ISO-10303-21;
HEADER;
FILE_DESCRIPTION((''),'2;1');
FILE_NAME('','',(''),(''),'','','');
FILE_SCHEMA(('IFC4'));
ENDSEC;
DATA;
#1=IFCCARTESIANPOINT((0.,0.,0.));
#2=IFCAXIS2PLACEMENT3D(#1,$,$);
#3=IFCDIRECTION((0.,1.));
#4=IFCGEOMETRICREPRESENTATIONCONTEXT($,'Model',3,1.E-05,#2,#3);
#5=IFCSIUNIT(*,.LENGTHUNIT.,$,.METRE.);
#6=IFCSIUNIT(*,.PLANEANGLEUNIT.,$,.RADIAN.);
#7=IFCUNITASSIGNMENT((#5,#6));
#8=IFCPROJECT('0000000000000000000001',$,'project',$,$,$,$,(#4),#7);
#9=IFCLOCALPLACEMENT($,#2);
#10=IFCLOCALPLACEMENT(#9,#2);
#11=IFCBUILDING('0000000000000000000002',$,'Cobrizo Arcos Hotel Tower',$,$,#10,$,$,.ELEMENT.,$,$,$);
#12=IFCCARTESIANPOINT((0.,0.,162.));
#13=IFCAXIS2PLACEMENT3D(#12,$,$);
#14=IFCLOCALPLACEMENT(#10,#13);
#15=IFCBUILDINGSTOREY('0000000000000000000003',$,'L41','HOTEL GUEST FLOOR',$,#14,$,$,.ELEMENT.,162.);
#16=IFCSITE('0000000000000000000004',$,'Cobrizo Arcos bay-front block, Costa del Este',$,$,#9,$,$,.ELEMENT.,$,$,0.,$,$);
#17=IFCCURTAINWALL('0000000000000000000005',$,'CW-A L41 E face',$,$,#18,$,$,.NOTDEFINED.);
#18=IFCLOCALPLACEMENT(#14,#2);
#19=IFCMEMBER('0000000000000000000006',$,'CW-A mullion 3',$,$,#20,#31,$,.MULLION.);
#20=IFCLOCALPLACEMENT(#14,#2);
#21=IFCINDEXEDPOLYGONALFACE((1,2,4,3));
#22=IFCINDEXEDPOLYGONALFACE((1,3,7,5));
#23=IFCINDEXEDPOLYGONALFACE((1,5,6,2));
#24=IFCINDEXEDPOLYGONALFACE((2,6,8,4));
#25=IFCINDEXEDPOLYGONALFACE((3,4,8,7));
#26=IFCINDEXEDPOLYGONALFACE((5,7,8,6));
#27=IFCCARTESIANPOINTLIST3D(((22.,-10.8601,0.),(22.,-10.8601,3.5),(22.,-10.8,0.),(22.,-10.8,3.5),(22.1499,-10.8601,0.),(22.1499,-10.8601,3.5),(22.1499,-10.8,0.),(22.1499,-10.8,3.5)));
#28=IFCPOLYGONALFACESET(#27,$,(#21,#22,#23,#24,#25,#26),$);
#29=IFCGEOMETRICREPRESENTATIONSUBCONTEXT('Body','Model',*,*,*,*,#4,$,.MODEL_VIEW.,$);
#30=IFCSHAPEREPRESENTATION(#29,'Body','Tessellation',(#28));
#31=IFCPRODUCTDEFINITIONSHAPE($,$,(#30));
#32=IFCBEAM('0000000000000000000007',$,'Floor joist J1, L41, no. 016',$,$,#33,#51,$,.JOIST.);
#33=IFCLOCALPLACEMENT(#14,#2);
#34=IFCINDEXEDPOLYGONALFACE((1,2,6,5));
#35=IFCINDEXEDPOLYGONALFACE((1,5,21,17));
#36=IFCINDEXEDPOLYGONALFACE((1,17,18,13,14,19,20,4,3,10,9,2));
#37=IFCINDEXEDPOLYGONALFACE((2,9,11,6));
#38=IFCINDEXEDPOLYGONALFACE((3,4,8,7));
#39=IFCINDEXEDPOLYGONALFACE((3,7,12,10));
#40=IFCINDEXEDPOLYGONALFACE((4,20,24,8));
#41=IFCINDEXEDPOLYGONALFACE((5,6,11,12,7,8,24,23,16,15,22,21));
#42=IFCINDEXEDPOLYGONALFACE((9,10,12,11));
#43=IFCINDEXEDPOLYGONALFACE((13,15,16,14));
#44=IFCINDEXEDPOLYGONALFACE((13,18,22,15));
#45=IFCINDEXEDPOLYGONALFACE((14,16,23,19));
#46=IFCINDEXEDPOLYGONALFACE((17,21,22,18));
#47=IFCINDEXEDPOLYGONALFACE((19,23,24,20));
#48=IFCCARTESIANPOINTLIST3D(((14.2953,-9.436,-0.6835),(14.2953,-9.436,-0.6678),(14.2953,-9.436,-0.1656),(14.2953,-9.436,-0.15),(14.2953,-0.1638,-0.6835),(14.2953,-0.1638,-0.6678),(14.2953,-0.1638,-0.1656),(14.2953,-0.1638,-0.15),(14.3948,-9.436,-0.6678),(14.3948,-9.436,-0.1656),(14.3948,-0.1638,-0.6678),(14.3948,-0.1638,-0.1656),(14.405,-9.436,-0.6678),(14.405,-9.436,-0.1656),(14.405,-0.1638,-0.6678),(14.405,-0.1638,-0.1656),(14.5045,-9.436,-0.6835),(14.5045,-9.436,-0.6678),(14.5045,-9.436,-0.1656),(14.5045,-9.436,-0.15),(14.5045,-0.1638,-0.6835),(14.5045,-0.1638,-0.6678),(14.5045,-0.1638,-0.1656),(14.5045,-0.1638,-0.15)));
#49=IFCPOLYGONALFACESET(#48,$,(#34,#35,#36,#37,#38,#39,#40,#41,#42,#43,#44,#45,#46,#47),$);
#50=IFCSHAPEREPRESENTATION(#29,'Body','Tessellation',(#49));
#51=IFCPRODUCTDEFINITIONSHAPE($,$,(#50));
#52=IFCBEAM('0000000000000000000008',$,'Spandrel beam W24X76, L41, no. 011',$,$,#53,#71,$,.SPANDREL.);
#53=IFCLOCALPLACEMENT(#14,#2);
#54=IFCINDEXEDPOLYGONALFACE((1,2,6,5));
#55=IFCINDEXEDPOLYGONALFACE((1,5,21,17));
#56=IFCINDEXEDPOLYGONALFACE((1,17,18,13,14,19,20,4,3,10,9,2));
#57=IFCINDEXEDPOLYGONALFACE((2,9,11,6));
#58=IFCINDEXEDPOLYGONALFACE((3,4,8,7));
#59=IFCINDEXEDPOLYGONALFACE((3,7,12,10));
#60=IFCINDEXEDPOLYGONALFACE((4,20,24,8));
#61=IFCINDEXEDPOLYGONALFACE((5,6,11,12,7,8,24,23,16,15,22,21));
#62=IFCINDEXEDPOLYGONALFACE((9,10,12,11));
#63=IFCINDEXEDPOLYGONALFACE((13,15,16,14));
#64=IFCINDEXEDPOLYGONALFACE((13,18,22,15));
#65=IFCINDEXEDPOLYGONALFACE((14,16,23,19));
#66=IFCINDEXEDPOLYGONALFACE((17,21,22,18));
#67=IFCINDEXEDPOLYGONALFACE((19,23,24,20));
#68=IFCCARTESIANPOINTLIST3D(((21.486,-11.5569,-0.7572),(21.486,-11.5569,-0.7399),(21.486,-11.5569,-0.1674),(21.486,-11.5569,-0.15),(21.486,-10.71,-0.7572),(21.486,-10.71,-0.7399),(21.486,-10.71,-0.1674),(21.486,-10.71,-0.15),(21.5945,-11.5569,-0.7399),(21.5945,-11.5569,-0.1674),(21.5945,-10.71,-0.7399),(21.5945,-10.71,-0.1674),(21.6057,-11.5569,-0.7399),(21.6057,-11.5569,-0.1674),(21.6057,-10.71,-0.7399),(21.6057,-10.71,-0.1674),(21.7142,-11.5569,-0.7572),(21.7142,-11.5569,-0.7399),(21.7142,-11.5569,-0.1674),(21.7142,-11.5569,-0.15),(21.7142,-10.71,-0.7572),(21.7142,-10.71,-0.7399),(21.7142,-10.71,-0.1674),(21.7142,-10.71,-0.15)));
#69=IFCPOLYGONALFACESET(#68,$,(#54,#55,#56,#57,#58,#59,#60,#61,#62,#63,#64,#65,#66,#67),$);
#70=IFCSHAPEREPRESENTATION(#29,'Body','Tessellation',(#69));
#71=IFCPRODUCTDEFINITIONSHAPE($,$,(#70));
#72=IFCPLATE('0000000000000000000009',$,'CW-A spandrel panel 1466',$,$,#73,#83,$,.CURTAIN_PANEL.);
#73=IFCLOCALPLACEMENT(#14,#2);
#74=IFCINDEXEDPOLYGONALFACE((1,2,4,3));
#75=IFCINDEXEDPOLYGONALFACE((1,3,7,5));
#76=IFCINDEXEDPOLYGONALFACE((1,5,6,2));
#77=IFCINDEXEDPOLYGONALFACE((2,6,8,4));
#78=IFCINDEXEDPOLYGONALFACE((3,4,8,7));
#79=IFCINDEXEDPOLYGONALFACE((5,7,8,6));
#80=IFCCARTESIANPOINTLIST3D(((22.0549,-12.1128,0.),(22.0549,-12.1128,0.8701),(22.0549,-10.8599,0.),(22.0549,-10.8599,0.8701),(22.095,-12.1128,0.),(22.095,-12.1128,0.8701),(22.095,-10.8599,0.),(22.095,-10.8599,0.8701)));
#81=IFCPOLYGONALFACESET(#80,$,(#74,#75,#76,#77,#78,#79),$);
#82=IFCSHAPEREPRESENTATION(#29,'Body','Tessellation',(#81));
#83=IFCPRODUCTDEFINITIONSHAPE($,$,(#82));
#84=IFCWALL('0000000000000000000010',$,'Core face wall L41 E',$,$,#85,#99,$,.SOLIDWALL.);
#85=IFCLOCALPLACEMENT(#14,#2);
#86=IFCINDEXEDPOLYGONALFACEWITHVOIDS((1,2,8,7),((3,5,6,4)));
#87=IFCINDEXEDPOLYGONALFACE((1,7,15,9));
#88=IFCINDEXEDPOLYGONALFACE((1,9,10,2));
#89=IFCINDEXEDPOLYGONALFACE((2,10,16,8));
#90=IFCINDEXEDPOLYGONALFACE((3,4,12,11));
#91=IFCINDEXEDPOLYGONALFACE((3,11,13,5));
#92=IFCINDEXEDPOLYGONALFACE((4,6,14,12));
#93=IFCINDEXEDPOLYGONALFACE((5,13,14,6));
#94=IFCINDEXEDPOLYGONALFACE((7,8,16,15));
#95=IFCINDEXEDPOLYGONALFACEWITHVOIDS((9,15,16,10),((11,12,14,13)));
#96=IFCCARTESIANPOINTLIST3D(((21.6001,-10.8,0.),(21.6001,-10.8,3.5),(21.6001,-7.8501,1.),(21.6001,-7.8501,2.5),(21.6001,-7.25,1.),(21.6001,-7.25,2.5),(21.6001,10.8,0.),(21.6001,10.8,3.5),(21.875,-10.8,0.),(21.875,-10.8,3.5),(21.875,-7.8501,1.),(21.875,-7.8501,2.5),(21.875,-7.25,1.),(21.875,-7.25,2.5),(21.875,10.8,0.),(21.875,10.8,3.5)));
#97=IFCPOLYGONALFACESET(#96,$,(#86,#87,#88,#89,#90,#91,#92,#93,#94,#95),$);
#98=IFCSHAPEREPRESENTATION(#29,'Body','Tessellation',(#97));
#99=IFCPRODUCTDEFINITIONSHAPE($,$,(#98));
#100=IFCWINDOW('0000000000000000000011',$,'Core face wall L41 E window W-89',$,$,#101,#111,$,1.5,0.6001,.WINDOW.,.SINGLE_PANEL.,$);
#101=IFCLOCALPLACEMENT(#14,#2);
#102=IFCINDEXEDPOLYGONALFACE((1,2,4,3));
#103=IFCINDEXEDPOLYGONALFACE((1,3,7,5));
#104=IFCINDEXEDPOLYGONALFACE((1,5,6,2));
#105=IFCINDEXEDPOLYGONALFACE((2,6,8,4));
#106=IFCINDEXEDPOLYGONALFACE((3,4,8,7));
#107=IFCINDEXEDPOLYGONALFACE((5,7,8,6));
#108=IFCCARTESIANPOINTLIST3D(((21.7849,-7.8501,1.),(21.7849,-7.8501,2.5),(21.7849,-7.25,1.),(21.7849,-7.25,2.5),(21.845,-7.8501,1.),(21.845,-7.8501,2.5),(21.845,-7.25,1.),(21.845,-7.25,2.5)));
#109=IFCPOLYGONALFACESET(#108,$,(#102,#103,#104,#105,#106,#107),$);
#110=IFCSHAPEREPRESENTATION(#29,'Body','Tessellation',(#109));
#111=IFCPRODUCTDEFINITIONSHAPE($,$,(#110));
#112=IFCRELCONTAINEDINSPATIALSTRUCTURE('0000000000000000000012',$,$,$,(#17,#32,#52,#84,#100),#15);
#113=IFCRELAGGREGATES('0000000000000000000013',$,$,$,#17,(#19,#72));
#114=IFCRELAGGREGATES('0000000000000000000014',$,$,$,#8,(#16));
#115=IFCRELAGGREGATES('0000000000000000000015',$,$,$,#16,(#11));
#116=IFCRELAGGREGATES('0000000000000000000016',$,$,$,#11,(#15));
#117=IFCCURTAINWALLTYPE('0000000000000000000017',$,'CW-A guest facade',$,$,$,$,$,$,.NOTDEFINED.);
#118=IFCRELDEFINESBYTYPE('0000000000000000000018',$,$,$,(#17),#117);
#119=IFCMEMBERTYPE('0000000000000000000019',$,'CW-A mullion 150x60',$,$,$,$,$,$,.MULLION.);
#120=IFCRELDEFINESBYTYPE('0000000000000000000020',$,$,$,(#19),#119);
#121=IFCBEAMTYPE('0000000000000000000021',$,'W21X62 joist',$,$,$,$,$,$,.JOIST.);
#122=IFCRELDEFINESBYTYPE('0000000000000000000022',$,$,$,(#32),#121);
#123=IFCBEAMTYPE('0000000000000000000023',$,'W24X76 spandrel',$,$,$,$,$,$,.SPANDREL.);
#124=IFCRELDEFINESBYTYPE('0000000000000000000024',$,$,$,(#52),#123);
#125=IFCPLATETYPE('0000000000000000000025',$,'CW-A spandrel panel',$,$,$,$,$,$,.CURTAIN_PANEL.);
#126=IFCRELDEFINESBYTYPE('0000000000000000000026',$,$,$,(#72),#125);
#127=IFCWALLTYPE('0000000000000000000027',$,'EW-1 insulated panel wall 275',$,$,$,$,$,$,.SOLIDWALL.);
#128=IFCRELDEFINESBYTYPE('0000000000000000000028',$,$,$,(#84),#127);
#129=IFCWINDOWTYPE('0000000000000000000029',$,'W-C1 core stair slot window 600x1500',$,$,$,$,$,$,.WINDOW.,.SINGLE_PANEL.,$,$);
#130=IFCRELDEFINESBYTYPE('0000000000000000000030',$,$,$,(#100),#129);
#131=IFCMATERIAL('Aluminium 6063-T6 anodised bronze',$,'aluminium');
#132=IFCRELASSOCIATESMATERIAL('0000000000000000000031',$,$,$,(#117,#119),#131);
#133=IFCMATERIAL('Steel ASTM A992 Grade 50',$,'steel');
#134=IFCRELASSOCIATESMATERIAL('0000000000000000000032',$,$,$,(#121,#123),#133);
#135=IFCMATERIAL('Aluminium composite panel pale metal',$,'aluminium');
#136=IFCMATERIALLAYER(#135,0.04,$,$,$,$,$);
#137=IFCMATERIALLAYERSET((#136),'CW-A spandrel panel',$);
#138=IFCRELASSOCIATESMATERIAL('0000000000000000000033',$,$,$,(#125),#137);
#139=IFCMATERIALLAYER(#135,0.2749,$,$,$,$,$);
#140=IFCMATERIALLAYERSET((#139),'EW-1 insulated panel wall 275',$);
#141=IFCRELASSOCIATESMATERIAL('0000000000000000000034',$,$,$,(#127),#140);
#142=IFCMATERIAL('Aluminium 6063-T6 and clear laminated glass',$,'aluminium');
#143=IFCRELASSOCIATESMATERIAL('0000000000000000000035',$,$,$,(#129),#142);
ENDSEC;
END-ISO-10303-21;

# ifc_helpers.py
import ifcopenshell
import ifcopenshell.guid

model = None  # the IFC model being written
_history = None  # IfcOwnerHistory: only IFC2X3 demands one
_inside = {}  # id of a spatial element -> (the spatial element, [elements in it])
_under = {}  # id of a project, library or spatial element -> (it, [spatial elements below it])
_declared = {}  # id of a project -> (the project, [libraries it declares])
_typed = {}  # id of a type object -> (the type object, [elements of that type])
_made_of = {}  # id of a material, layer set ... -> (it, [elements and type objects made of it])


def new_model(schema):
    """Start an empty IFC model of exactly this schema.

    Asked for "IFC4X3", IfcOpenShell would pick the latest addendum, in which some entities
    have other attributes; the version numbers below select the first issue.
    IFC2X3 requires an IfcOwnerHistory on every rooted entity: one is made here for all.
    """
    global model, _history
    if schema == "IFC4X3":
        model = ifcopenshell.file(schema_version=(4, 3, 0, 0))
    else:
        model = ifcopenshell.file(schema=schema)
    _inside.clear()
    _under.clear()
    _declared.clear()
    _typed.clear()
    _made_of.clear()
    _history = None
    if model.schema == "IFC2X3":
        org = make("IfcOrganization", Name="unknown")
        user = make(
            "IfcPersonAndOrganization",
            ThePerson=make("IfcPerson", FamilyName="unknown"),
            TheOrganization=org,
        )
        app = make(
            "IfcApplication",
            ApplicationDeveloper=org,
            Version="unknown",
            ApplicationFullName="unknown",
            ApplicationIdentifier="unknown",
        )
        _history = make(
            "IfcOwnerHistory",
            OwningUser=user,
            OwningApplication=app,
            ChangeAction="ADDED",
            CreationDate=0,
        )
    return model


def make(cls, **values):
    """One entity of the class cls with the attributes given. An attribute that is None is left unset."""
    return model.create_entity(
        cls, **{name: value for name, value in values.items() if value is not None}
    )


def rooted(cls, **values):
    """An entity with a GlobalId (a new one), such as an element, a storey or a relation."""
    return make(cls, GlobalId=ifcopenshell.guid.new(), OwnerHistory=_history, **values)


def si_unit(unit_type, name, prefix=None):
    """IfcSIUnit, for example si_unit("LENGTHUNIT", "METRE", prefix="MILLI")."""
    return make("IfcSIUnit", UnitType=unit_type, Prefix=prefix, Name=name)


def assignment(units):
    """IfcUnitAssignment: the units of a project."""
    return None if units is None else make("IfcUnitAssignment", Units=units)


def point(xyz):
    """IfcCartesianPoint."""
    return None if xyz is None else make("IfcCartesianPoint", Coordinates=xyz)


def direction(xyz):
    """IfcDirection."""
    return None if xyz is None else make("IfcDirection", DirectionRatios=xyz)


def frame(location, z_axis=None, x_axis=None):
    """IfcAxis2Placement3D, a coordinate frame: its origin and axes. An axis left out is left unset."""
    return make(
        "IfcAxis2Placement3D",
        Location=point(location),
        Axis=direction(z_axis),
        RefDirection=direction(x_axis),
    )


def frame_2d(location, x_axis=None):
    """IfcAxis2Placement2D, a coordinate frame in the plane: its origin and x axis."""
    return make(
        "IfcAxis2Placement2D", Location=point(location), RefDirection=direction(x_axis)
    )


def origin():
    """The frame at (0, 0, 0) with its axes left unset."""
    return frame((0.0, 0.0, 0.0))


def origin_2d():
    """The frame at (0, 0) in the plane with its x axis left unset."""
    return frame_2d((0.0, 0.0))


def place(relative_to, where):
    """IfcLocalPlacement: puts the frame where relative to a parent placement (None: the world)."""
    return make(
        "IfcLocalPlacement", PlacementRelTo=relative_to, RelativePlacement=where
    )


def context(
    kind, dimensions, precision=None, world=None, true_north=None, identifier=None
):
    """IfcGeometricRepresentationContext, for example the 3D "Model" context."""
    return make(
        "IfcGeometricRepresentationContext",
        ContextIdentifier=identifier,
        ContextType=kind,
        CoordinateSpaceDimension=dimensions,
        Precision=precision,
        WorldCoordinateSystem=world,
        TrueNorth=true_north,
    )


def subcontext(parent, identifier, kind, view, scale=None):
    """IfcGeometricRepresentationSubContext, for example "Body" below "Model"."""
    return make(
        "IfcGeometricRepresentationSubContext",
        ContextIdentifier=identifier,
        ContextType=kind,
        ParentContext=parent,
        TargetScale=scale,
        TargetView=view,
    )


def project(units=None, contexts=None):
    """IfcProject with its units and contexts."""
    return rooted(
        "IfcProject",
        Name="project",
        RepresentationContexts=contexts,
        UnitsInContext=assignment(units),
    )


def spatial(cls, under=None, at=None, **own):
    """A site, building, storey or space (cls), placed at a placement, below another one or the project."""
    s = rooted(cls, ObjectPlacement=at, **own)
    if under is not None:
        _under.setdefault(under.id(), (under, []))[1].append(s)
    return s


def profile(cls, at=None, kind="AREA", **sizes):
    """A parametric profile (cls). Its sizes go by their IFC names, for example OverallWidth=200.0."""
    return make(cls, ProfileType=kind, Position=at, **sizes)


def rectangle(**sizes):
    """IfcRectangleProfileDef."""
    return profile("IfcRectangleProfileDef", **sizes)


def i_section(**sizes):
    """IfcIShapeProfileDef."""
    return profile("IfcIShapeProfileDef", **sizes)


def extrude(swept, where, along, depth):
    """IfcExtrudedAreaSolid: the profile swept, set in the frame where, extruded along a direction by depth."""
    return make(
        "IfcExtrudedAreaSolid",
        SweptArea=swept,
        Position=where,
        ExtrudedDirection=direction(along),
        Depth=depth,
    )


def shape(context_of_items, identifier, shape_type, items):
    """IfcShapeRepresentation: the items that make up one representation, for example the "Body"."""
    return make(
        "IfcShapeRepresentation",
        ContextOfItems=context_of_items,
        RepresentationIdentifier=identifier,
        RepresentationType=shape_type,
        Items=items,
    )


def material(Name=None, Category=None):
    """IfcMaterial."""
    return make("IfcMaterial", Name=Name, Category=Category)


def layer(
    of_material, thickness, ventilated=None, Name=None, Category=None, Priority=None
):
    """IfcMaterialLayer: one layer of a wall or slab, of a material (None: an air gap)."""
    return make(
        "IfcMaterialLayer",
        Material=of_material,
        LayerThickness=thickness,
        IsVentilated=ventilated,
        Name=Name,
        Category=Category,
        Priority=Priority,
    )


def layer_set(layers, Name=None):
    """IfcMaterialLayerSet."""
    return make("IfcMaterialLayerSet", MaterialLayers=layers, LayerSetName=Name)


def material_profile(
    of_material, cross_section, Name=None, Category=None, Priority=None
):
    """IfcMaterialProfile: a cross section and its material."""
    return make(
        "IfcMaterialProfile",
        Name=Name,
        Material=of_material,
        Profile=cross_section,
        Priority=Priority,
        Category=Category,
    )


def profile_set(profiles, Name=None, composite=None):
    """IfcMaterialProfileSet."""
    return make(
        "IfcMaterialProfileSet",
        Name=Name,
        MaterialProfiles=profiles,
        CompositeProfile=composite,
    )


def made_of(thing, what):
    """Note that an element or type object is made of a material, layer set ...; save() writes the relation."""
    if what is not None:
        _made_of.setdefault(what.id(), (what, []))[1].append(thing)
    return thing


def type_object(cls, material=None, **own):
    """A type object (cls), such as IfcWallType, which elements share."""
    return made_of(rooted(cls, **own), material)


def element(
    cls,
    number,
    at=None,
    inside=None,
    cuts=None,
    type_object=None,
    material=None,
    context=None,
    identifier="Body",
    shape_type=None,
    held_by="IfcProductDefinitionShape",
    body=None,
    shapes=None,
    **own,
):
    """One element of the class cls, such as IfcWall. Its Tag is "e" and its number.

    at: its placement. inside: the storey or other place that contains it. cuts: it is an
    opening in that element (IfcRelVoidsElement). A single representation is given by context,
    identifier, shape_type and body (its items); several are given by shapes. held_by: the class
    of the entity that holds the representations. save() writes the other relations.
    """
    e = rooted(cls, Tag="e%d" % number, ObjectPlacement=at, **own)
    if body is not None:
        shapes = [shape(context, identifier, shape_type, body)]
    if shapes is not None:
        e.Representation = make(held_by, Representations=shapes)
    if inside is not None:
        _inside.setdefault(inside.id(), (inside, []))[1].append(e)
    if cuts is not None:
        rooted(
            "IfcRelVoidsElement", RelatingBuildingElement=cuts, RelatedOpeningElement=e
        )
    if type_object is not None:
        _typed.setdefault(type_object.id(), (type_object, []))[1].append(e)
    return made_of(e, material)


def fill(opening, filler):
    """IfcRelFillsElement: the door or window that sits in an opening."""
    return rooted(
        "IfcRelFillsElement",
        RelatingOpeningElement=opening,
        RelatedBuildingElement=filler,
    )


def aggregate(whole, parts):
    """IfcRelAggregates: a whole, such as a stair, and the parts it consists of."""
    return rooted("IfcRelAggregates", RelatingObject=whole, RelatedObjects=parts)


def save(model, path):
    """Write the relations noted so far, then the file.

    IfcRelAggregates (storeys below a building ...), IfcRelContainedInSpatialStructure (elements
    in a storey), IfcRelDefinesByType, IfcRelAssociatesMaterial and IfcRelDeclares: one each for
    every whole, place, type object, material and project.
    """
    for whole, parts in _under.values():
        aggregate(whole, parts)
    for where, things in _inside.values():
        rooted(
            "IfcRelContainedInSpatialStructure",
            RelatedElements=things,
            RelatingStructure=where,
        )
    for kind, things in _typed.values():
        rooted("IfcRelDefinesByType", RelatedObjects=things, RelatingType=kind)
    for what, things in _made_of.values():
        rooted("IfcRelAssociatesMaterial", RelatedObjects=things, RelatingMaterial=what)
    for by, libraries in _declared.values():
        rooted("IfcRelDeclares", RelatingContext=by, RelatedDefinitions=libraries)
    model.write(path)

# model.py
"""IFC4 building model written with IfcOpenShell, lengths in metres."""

from ifc_helpers import new_model, si_unit, direction, frame, frame_2d, origin, origin_2d, place, context, subcontext, project, spatial, rectangle, i_section, extrude, material, layer, layer_set, material_profile, profile_set, type_object, element, fill, aggregate, save


model = new_model("IFC4")

# Units and contexts
model_context = context("Model", 3, precision=1e-05, world=origin(), true_north=direction((0.0, 1.0)))
body_context = subcontext(model_context, "Body", "Model", "MODEL_VIEW")
ifc_project = project(units=[si_unit("LENGTHUNIT", "METRE"), si_unit("PLANEANGLEUNIT", "RADIAN")], contexts=[model_context])

# Site, building, storey
site_placement = place(None, origin())
site = spatial("IfcSite", under=ifc_project, at=site_placement, Name="Cobrizo Arcos bay-front block, Costa del Este", CompositionType="ELEMENT", RefElevation=0.0)
building_placement = place(site_placement, origin())
building = spatial("IfcBuilding", under=site, at=building_placement, Name="Cobrizo Arcos Hotel Tower", CompositionType="ELEMENT")
storey_placement = place(building_placement, frame((0.0, 0.0, 162.0)))
storey = spatial("IfcBuildingStorey", under=building, at=storey_placement, Name="L41", Description="HOTEL GUEST FLOOR", CompositionType="ELEMENT", Elevation=162.0)

# Curtain wall, member
ifc_material_1 = material(Name="Aluminium 6063-T6 anodised bronze", Category="aluminium")
curtain_wall_type = type_object("IfcCurtainWallType", Name="CW-A guest facade", PredefinedType="NOTDEFINED", material=ifc_material_1)
curtain_wall_placement = place(storey_placement, origin())
curtain_wall = element("IfcCurtainWall", 1, at=curtain_wall_placement, inside=storey, type_object=curtain_wall_type, Name="CW-A L41 E face", PredefinedType="NOTDEFINED")
ifc_material_profile_1 = material_profile(ifc_material_1, rectangle(XDim=0.1499, YDim=0.0601, at=origin_2d()), Name="CW-A mullion 150x60")
ifc_profile_set_1 = profile_set([ifc_material_profile_1], Name="Aluminium 6063-T6 anodised bronze")
member_type = type_object("IfcMemberType", Name="CW-A mullion 150x60", PredefinedType="MULLION", material=ifc_profile_set_1)
member_placement = place(storey_placement, frame((22.075, -10.8301, 0.0), z_axis=(0.0, 0.0, 1.0), x_axis=(1.0, 0.0, 0.0)))
member = element("IfcMember", 2, at=member_placement, type_object=member_type, Name="CW-A mullion 3", PredefinedType="MULLION", context=body_context, shape_type="SweptSolid", body=[
    extrude(rectangle(XDim=0.1499, YDim=0.0601, at=origin_2d()), origin(), (0.0, 0.0, 1.0), 3.5),
])

# Beams
ifc_material_2 = material(Name="Steel ASTM A992 Grade 50", Category="steel")
ifc_material_profile_2 = material_profile(ifc_material_2, i_section(OverallWidth=0.2092, OverallDepth=0.5334, WebThickness=0.0103, FlangeThickness=0.0156, at=origin_2d()), Name="W21X62")
ifc_profile_set_2 = profile_set([ifc_material_profile_2], Name="Steel ASTM A992 Grade 50")
beam_type_1 = type_object("IfcBeamType", Name="W21X62 joist", PredefinedType="JOIST", material=ifc_profile_set_2)
beam_1_placement = place(storey_placement, frame((14.3999, -9.436, -0.4167), z_axis=(0.0, 1.0, 0.0), x_axis=(-1.0, 0.0, 0.0)))
element("IfcBeam", 3, at=beam_1_placement, inside=storey, type_object=beam_type_1, Name="Floor joist J1, L41, no. 016", PredefinedType="JOIST", context=body_context, shape_type="SweptSolid", body=[
    extrude(i_section(OverallWidth=0.2092, OverallDepth=0.5334, WebThickness=0.0103, FlangeThickness=0.0156, at=origin_2d()), origin(), (0.0, 0.0, 1.0), 9.2722),
])
ifc_material_profile_3 = material_profile(ifc_material_2, i_section(OverallWidth=0.2283, OverallDepth=0.6072, WebThickness=0.0112, FlangeThickness=0.0173, at=origin_2d()), Name="W24X76")
ifc_profile_set_3 = profile_set([ifc_material_profile_3], Name="Steel ASTM A992 Grade 50")
beam_type_2 = type_object("IfcBeamType", Name="W24X76 spandrel", PredefinedType="SPANDREL", material=ifc_profile_set_3)
beam_2_placement = place(storey_placement, frame((21.6001, -11.5569, -0.4536), z_axis=(0.0, 1.0, 0.0), x_axis=(-1.0, 0.0, 0.0)))
element("IfcBeam", 4, at=beam_2_placement, inside=storey, type_object=beam_type_2, Name="Spandrel beam W24X76, L41, no. 011", PredefinedType="SPANDREL", context=body_context, shape_type="SweptSolid", body=[
    extrude(i_section(OverallWidth=0.2283, OverallDepth=0.6072, WebThickness=0.0112, FlangeThickness=0.0173, at=origin_2d()), origin(), (0.0, 0.0, 1.0), 0.8469),
])

# Plate
ifc_material_3 = material(Name="Aluminium composite panel pale metal", Category="aluminium")
ifc_layer_1 = layer(ifc_material_3, 0.04)
ifc_layer_set_1 = layer_set([ifc_layer_1], Name="CW-A spandrel panel")
plate_type = type_object("IfcPlateType", Name="CW-A spandrel panel", PredefinedType="CURTAIN_PANEL", material=ifc_layer_set_1)
plate_placement = place(storey_placement, frame((22.075, -11.4863, 0.0), z_axis=(0.0, 0.0, 1.0), x_axis=(0.0, 1.0, 0.0)))
plate = element("IfcPlate", 5, at=plate_placement, type_object=plate_type, Name="CW-A spandrel panel 1466", PredefinedType="CURTAIN_PANEL", context=body_context, shape_type="SweptSolid", body=[
    extrude(rectangle(XDim=1.2529, YDim=0.04, at=origin_2d()), origin(), (0.0, 0.0, 1.0), 0.8701),
])
aggregate(curtain_wall, [member, plate])

# Wall, opening, window
ifc_layer_2 = layer(ifc_material_3, 0.2749)
ifc_layer_set_2 = layer_set([ifc_layer_2], Name="EW-1 insulated panel wall 275")
wall_type_1 = type_object("IfcWallType", Name="EW-1 insulated panel wall 275", PredefinedType="SOLIDWALL", material=ifc_layer_set_2)
wall_1_placement = place(storey_placement, frame((21.7375, -10.8, 0.0), z_axis=(0.0, 0.0, 1.0), x_axis=(0.0, 1.0, 0.0)))
wall_1 = element("IfcWall", 6, at=wall_1_placement, inside=storey, type_object=wall_type_1, Name="Core face wall L41 E", PredefinedType="SOLIDWALL", context=body_context, shape_type="SweptSolid", body=[
    extrude(rectangle(XDim=21.6001, YDim=0.2749, at=frame_2d((10.8, 0.0))), origin(), (0.0, 0.0, 1.0), 3.5),
])
opening_1_placement = place(wall_1_placement, frame((2.95, 0.0, 1.0)))
opening_1 = element("IfcOpeningElement", 7, at=opening_1_placement, cuts=wall_1, PredefinedType="OPENING", context=body_context, shape_type="SweptSolid", body=[
    extrude(rectangle(XDim=0.6001, YDim=1.5, at=frame_2d((0.3, 0.75))), frame((0.0, 0.1494, 0.0), z_axis=(0.0, -1.0, 0.0), x_axis=(1.0, 0.0, 0.0)), (0.0, 0.0, 1.0), 0.2988),
])
ifc_material_4 = material(Name="Aluminium 6063-T6 and clear laminated glass", Category="aluminium")
window_type = type_object("IfcWindowType", Name="W-C1 core stair slot window 600x1500", PartitioningType="SINGLE_PANEL", PredefinedType="WINDOW", material=ifc_material_4)
window_placement = place(opening_1_placement, origin())
window = element("IfcWindow", 8, at=window_placement, inside=storey, type_object=window_type, Name="Core face wall L41 E window W-89", OverallHeight=1.5, OverallWidth=0.6001, PartitioningType="SINGLE_PANEL", PredefinedType="WINDOW", context=body_context, shape_type="SweptSolid", body=[
    extrude(rectangle(XDim=0.6001, YDim=1.5, at=frame_2d((0.3, 0.75))), frame((0.0, -0.0474, 0.0), z_axis=(0.0, -1.0, 0.0), x_axis=(1.0, 0.0, 0.0)), (0.0, 0.0, 1.0), 0.0601),
])
fill(opening_1, window)

save(model, "model.ifc")
